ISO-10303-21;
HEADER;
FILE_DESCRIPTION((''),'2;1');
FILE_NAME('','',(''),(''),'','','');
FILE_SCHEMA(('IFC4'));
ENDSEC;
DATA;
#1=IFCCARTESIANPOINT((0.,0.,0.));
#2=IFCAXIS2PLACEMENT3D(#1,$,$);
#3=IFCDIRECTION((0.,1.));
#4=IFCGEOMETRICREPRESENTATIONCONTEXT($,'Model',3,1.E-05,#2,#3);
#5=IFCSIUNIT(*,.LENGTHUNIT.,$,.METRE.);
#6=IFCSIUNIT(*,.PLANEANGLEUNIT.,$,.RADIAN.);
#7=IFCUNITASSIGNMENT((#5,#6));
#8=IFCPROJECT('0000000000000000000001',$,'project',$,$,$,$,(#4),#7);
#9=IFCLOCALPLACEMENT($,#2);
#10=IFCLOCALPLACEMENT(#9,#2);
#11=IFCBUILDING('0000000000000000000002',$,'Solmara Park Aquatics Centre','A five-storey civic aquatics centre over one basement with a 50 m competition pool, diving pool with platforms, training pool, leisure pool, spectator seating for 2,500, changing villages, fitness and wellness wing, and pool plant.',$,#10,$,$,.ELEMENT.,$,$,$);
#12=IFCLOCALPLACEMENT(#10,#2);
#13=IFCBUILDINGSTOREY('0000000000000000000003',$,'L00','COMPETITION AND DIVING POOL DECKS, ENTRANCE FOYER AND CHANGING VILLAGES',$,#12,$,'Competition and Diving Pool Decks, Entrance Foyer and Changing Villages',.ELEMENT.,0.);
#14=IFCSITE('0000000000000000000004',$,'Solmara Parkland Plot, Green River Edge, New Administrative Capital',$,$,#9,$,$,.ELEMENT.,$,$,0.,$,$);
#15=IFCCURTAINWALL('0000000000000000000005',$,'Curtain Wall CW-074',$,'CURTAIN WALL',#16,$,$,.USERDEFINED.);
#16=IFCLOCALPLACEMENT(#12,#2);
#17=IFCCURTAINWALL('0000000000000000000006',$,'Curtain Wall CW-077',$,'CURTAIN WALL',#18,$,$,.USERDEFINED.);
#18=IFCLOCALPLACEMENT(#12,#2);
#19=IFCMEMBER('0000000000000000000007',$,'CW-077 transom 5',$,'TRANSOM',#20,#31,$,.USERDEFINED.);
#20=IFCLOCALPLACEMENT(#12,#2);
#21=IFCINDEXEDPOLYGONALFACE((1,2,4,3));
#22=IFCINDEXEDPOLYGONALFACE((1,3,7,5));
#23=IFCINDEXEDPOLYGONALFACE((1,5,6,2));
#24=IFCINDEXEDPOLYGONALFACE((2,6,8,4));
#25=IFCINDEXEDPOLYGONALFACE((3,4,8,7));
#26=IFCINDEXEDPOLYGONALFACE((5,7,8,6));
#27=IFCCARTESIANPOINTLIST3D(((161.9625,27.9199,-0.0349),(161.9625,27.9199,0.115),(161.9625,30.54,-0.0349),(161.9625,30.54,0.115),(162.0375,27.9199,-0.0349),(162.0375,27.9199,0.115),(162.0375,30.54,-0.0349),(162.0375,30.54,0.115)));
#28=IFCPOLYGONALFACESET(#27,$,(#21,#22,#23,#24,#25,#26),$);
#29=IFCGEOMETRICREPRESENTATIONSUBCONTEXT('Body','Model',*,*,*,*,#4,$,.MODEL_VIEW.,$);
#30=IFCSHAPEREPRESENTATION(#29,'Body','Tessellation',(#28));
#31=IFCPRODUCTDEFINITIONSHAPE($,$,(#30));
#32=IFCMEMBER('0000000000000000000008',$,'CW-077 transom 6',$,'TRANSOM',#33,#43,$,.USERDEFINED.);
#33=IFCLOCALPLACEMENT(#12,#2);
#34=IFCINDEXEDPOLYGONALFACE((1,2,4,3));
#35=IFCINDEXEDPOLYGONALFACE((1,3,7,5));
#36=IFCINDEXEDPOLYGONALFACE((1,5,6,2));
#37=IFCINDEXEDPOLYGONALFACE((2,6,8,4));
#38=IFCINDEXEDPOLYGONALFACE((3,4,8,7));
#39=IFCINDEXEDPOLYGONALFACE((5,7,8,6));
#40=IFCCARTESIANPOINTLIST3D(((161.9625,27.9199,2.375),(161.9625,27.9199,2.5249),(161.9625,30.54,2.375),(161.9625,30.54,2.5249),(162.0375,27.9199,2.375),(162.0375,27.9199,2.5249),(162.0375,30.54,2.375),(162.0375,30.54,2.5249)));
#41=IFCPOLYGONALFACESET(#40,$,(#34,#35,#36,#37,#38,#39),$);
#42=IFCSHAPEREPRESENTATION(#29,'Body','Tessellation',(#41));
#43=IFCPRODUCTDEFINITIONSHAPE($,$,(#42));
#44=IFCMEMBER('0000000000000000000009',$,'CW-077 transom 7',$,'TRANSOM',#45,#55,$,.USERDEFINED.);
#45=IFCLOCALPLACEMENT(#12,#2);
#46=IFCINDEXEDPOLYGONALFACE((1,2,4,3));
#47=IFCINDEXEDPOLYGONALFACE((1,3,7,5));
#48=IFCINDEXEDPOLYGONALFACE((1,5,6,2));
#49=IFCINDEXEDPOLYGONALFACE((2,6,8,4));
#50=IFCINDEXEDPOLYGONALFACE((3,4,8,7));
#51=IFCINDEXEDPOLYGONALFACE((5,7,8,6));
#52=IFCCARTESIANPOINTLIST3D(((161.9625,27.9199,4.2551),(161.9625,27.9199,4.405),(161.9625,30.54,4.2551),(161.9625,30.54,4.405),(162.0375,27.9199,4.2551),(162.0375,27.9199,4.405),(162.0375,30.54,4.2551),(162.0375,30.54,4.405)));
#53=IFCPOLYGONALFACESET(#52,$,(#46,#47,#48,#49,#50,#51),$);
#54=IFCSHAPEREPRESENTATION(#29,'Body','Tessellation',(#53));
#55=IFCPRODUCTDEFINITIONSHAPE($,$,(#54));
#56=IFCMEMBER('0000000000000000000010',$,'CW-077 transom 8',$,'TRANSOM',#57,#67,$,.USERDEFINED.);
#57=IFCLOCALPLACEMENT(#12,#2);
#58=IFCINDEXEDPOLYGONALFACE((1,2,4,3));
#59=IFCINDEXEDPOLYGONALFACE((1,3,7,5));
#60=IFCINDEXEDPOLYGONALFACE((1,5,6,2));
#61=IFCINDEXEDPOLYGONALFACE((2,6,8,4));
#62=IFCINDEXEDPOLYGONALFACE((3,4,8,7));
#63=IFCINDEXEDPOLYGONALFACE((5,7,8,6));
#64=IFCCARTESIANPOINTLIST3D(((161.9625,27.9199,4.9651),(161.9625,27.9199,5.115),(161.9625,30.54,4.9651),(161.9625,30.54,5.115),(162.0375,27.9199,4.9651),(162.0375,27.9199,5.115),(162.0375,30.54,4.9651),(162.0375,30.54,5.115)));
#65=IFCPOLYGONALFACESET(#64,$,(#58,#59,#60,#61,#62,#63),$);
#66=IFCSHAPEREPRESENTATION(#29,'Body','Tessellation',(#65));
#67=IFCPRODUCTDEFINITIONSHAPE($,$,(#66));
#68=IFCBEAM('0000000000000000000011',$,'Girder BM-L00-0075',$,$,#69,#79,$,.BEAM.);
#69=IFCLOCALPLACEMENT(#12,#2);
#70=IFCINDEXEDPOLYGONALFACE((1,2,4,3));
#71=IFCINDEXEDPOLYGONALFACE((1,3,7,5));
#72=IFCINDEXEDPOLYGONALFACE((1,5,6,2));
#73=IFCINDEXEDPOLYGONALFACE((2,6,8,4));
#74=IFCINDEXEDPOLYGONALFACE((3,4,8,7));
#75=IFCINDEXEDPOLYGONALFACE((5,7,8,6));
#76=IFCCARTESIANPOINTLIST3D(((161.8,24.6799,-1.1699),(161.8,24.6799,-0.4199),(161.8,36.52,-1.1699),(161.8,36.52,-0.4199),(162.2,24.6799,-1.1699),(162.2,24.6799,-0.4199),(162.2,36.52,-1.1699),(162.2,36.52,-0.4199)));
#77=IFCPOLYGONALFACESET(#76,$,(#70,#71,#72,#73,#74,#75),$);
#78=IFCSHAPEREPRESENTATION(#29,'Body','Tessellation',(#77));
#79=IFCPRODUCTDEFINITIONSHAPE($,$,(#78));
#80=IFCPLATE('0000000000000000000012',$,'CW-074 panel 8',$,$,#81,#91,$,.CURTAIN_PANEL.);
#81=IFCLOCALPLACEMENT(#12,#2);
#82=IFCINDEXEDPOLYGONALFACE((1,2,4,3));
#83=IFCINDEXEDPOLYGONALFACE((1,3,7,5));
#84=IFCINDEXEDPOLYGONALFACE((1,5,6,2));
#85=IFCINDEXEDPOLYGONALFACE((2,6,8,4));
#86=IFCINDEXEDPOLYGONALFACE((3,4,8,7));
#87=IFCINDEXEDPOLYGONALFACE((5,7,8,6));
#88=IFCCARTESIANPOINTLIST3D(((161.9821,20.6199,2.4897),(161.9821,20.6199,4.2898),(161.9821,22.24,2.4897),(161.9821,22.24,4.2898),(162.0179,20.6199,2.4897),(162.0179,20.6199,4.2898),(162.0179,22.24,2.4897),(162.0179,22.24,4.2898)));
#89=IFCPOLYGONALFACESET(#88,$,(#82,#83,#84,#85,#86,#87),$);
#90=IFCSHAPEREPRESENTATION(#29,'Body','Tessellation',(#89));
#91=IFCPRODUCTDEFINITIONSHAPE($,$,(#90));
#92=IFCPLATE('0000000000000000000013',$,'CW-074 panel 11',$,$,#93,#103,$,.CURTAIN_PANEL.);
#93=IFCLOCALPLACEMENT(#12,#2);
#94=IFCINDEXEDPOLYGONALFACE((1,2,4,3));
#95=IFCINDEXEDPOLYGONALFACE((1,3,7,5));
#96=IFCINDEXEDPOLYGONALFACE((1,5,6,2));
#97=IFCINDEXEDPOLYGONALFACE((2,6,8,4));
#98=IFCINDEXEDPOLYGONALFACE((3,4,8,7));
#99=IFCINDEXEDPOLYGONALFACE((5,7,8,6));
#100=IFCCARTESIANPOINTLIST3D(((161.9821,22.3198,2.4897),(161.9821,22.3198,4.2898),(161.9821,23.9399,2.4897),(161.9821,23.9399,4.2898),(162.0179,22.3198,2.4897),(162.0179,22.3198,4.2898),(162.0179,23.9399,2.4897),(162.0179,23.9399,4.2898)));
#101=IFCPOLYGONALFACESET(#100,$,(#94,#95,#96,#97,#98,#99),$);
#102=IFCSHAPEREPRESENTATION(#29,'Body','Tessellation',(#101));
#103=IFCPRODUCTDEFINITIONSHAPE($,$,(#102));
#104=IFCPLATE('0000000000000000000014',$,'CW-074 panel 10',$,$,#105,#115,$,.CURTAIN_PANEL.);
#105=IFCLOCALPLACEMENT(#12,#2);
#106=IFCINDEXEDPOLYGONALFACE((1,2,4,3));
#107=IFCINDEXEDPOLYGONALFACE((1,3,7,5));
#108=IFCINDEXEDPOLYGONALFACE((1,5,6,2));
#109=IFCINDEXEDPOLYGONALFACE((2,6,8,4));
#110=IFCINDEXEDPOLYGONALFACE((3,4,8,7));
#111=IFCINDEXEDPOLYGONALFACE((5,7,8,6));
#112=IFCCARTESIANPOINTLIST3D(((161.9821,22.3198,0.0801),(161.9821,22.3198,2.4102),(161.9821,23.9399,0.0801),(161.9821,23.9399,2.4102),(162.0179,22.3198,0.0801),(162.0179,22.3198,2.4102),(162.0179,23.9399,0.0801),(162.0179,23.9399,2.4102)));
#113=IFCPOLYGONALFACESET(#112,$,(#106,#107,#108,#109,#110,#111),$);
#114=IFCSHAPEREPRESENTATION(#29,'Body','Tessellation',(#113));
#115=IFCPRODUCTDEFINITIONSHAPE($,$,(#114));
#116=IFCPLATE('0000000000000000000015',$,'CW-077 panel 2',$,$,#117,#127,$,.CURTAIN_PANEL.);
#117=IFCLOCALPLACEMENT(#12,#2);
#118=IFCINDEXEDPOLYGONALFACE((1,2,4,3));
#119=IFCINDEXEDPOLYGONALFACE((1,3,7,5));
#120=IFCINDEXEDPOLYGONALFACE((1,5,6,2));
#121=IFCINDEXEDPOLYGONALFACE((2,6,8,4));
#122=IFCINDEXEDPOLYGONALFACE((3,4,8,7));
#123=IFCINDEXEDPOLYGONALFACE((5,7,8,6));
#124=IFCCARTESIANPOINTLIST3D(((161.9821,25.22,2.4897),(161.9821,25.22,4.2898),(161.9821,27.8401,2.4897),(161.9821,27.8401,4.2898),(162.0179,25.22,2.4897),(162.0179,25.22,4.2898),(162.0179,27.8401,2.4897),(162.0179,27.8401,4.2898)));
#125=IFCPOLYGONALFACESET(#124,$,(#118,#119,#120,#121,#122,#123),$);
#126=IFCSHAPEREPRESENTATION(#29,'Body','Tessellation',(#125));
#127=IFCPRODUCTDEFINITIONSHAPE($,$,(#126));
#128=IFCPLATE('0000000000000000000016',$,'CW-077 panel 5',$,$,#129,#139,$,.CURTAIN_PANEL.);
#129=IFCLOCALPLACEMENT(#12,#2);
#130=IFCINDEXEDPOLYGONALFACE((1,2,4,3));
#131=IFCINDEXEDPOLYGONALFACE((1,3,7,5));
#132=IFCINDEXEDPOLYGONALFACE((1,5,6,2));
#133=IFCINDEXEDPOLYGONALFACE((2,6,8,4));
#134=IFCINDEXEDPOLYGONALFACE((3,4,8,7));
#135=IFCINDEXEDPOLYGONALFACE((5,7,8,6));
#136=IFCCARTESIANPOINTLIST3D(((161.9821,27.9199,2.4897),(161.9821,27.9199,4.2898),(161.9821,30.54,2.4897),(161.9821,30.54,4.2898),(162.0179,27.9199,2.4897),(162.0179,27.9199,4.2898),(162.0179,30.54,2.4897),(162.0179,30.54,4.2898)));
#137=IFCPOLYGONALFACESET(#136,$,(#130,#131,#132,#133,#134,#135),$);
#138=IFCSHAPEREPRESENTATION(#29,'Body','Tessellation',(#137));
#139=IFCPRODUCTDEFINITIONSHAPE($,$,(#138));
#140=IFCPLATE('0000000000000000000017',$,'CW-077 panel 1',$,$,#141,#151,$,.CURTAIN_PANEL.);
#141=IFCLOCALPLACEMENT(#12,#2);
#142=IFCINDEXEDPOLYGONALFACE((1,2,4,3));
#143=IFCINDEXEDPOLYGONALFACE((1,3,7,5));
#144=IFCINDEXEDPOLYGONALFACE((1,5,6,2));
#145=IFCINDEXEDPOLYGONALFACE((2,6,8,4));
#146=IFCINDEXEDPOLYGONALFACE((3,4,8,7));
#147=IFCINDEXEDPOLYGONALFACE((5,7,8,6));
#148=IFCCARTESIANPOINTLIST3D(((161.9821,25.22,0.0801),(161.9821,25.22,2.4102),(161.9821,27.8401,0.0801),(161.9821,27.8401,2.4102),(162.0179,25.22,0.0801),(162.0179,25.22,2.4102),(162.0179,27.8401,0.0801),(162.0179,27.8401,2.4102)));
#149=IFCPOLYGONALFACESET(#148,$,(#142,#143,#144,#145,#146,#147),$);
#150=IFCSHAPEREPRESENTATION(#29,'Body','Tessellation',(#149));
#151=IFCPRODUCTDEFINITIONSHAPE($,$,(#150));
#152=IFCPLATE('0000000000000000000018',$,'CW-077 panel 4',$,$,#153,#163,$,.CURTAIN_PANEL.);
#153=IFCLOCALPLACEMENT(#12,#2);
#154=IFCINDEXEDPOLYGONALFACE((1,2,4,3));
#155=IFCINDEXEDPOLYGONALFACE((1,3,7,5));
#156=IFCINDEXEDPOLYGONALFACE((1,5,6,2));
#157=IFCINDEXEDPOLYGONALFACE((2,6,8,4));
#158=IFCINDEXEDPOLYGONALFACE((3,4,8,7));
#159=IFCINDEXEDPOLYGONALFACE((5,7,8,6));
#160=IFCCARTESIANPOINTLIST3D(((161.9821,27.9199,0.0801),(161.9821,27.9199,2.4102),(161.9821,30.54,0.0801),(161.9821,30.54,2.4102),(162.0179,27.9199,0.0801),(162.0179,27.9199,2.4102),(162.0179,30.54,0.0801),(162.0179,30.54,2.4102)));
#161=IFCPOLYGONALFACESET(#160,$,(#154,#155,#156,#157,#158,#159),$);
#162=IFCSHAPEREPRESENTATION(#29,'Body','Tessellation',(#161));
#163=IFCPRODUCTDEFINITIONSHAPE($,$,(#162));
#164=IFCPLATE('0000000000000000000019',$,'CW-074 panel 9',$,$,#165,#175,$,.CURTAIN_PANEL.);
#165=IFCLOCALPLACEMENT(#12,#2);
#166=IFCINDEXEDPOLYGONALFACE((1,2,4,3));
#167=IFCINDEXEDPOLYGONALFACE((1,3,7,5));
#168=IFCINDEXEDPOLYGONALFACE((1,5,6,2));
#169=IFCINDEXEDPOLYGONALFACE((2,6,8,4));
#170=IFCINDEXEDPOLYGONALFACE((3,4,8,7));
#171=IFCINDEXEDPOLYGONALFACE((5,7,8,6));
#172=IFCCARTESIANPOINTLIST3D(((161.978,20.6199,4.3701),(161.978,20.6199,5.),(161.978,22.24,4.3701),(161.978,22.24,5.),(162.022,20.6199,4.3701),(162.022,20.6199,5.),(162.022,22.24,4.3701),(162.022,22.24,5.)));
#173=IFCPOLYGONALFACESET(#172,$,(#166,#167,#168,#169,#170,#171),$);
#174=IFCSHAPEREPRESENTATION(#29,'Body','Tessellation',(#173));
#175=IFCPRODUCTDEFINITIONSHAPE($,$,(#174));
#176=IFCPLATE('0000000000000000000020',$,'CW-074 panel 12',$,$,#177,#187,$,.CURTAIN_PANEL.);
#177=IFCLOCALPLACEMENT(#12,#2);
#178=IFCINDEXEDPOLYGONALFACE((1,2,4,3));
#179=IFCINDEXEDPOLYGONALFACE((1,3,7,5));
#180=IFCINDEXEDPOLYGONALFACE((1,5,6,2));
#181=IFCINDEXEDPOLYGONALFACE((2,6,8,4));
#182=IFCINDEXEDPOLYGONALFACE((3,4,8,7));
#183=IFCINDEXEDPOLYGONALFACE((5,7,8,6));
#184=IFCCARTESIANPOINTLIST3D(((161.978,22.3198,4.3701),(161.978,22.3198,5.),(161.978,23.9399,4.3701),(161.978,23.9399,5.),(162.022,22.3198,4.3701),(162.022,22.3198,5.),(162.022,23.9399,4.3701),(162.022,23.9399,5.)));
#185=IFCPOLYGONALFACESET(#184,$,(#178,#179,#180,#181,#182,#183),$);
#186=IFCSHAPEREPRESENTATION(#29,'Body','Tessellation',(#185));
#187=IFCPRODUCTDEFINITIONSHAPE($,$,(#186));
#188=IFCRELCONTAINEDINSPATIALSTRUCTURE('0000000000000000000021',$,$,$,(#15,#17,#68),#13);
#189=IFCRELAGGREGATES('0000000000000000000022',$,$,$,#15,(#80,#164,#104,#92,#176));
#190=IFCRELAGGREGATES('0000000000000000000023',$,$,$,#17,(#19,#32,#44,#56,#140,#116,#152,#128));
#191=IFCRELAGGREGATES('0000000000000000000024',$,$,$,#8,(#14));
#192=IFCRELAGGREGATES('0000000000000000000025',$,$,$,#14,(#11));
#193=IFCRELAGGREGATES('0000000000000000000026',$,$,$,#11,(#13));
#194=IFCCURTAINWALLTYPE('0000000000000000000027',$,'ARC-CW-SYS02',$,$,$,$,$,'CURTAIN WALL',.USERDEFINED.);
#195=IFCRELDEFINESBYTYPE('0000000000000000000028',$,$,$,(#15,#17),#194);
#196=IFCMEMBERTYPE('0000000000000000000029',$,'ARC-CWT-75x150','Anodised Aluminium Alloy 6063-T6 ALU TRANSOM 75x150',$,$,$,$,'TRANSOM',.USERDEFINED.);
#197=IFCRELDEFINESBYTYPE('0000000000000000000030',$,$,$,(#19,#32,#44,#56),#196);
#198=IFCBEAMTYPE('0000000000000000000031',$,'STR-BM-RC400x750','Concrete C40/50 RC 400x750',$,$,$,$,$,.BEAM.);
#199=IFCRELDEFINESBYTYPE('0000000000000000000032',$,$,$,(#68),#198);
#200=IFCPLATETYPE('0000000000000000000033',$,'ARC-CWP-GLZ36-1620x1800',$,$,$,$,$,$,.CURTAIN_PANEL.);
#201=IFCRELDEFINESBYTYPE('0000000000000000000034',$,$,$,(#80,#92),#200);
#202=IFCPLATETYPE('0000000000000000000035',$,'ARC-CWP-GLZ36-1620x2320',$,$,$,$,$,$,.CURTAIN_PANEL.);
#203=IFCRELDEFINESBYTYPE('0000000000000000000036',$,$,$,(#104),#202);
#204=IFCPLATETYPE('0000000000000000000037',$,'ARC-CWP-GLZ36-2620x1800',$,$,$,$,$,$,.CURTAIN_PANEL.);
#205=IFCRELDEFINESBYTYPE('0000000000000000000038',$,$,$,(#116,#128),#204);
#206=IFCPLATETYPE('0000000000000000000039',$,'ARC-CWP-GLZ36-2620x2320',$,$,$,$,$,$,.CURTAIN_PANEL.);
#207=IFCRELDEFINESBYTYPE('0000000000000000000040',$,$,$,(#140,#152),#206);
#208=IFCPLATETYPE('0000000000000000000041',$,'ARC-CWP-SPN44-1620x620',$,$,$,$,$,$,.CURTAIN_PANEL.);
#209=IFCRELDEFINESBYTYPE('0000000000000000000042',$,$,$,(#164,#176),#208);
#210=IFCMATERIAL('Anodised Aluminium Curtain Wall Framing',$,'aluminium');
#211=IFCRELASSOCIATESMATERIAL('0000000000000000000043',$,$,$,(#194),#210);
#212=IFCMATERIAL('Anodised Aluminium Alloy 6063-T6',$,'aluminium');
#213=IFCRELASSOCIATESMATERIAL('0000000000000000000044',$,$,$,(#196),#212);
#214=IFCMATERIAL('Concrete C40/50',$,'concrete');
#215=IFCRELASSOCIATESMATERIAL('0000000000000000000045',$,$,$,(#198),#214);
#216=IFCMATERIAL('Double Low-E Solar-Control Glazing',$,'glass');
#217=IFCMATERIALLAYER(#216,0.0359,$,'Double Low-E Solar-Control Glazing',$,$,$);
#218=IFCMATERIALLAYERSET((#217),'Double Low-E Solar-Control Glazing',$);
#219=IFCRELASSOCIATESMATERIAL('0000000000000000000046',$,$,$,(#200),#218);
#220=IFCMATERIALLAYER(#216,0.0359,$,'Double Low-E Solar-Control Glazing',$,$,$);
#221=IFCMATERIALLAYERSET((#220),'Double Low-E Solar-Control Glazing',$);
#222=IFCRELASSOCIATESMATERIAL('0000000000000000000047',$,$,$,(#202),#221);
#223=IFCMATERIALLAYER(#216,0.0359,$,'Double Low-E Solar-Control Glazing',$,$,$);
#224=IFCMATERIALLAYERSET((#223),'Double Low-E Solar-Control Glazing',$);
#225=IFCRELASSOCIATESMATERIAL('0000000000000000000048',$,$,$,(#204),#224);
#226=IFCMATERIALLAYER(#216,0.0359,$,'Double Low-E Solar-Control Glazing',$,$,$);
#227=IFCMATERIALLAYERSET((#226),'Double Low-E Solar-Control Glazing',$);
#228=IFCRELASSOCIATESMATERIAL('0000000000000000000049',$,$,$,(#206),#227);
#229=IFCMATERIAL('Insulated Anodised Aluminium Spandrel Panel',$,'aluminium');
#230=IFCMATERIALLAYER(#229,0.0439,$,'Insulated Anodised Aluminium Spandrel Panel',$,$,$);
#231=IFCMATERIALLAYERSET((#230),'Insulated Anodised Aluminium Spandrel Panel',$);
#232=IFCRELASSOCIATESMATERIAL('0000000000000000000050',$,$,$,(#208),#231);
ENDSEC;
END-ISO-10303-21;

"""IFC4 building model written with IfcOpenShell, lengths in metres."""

from ifc_helpers import new_model, si_unit, direction, frame, origin, origin_2d, place, context, subcontext, project, spatial, rectangle, extrude, material, layer, layer_set, material_profile, profile_set, type_object, element, aggregate, save


model = new_model("IFC4")

# Units and contexts
model_context = context("Model", 3, precision=1e-05, world=origin(), true_north=direction((0.0, 1.0)))
body_context = subcontext(model_context, "Body", "Model", "MODEL_VIEW")
ifc_project = project(units=[si_unit("LENGTHUNIT", "METRE"), si_unit("PLANEANGLEUNIT", "RADIAN")], contexts=[model_context])

# Site, building, storey
site_placement = place(None, origin())
site = spatial("IfcSite", under=ifc_project, at=site_placement, Name="Solmara Parkland Plot, Green River Edge, New Administrative Capital", CompositionType="ELEMENT", RefElevation=0.0)
building_placement = place(site_placement, origin())
building = spatial("IfcBuilding", under=site, at=building_placement, Name="Solmara Park Aquatics Centre", Description="A five-storey civic aquatics centre over one basement with a 50 m competition pool, diving pool with platforms, training pool, leisure pool, spectator seating for 2,500, changing villages, fitness and wellness wing, and pool plant.", CompositionType="ELEMENT")
storey_placement = place(building_placement, origin())
storey = spatial("IfcBuildingStorey", under=building, at=storey_placement, Name="L00", Description="COMPETITION AND DIVING POOL DECKS, ENTRANCE FOYER AND CHANGING VILLAGES", LongName="Competition and Diving Pool Decks, Entrance Foyer and Changing Villages", CompositionType="ELEMENT", Elevation=0.0)

# Shared definitions
ifc_material_1 = material(Name="Concrete C40/50", Category="concrete")

# Curtain walls
ifc_material_2 = material(Name="Anodised Aluminium Curtain Wall Framing", Category="aluminium")
curtain_wall_type = type_object("IfcCurtainWallType", Name="ARC-CW-SYS02", ElementType="CURTAIN WALL", PredefinedType="USERDEFINED", material=ifc_material_2)
curtain_wall_1_placement = place(storey_placement, origin())
curtain_wall_1 = element("IfcCurtainWall", 1, at=curtain_wall_1_placement, inside=storey, type_object=curtain_wall_type, Name="Curtain Wall CW-074", ObjectType="CURTAIN WALL", PredefinedType="USERDEFINED")
ifc_material_3 = material(Name="Anodised Aluminium Alloy 6063-T6", Category="aluminium")
curtain_wall_2_placement = place(storey_placement, origin())
curtain_wall_2 = element("IfcCurtainWall", 2, at=curtain_wall_2_placement, inside=storey, type_object=curtain_wall_type, Name="Curtain Wall CW-077", ObjectType="CURTAIN WALL", PredefinedType="USERDEFINED")

# Members
ifc_material_profile_1 = material_profile(ifc_material_3, rectangle(XDim=0.075, YDim=0.1499, at=origin_2d()), Name="ALU TRANSOM 75x150")
ifc_profile_set_1 = profile_set([ifc_material_profile_1], Name="Anodised Aluminium Alloy 6063-T6")
member_type_1 = type_object("IfcMemberType", Name="ARC-CWT-75x150", Description="Anodised Aluminium Alloy 6063-T6 ALU TRANSOM 75x150", ElementType="TRANSOM", PredefinedType="USERDEFINED", material=ifc_profile_set_1)
member_1_placement = place(storey_placement, frame((162.0, 27.9199, 0.04), z_axis=(0.0, 1.0, 0.0), x_axis=(-1.0, 0.0, 0.0)))
member_1 = element("IfcMember", 3, at=member_1_placement, type_object=member_type_1, Name="CW-077 transom 5", ObjectType="TRANSOM", PredefinedType="USERDEFINED", context=body_context, shape_type="SweptSolid", body=[
    extrude(rectangle(XDim=0.075, YDim=0.1499, at=origin_2d()), origin(), (0.0, 0.0, 1.0), 2.6201),
])
member_2_placement = place(storey_placement, frame((162.0, 27.9199, 2.45), z_axis=(0.0, 1.0, 0.0), x_axis=(-1.0, 0.0, 0.0)))
member_2 = element("IfcMember", 4, at=member_2_placement, type_object=member_type_1, Name="CW-077 transom 6", ObjectType="TRANSOM", PredefinedType="USERDEFINED", context=body_context, shape_type="SweptSolid", body=[
    extrude(rectangle(XDim=0.075, YDim=0.1499, at=origin_2d()), origin(), (0.0, 0.0, 1.0), 2.6201),
])
member_3_placement = place(storey_placement, frame((162.0, 27.9199, 4.3301), z_axis=(0.0, 1.0, 0.0), x_axis=(-1.0, 0.0, 0.0)))
member_3 = element("IfcMember", 5, at=member_3_placement, type_object=member_type_1, Name="CW-077 transom 7", ObjectType="TRANSOM", PredefinedType="USERDEFINED", context=body_context, shape_type="SweptSolid", body=[
    extrude(rectangle(XDim=0.075, YDim=0.1499, at=origin_2d()), origin(), (0.0, 0.0, 1.0), 2.6201),
])
member_4_placement = place(storey_placement, frame((162.0, 27.9199, 5.04), z_axis=(0.0, 1.0, 0.0), x_axis=(-1.0, 0.0, 0.0)))
member_4 = element("IfcMember", 6, at=member_4_placement, type_object=member_type_1, Name="CW-077 transom 8", ObjectType="TRANSOM", PredefinedType="USERDEFINED", context=body_context, shape_type="SweptSolid", body=[
    extrude(rectangle(XDim=0.075, YDim=0.1499, at=origin_2d()), origin(), (0.0, 0.0, 1.0), 2.6201),
])

# Beam
ifc_material_profile_2 = material_profile(ifc_material_1, rectangle(XDim=0.3999, YDim=0.75, at=origin_2d()), Name="RC 400x750")
ifc_profile_set_2 = profile_set([ifc_material_profile_2], Name="Concrete C40/50")
beam_type = type_object("IfcBeamType", Name="STR-BM-RC400x750", Description="Concrete C40/50 RC 400x750", PredefinedType="BEAM", material=ifc_profile_set_2)
beam_placement = place(storey_placement, frame((162.0, 24.6799, -0.7949), z_axis=(0.0, 1.0, 0.0), x_axis=(-1.0, 0.0, 0.0)))
element("IfcBeam", 7, at=beam_placement, inside=storey, type_object=beam_type, Name="Girder BM-L00-0075", PredefinedType="BEAM", context=body_context, shape_type="SweptSolid", body=[
    extrude(rectangle(XDim=0.3999, YDim=0.75, at=origin_2d()), origin(), (0.0, 0.0, 1.0), 11.8401),
])

# Plates
ifc_material_4 = material(Name="Double Low-E Solar-Control Glazing", Category="glass")
ifc_layer_1 = layer(ifc_material_4, 0.0359, Name="Double Low-E Solar-Control Glazing")
ifc_layer_set_1 = layer_set([ifc_layer_1], Name="Double Low-E Solar-Control Glazing")
plate_type_1 = type_object("IfcPlateType", Name="ARC-CWP-GLZ36-1620x1800", PredefinedType="CURTAIN_PANEL", material=ifc_layer_set_1)
plate_1_placement = place(storey_placement, frame((162.0, 21.4299, 2.4897), z_axis=(0.0, 0.0, 1.0), x_axis=(0.0, 1.0, 0.0)))
plate_1 = element("IfcPlate", 8, at=plate_1_placement, type_object=plate_type_1, Name="CW-074 panel 8", PredefinedType="CURTAIN_PANEL", context=body_context, shape_type="SweptSolid", body=[
    extrude(rectangle(XDim=1.6201, YDim=0.0359, at=origin_2d()), origin(), (0.0, 0.0, 1.0), 1.8),
])
plate_2_placement = place(storey_placement, frame((162.0, 23.1299, 2.4897), z_axis=(0.0, 0.0, 1.0), x_axis=(0.0, 1.0, 0.0)))
plate_2 = element("IfcPlate", 9, at=plate_2_placement, type_object=plate_type_1, Name="CW-074 panel 11", PredefinedType="CURTAIN_PANEL", context=body_context, shape_type="SweptSolid", body=[
    extrude(rectangle(XDim=1.6201, YDim=0.0359, at=origin_2d()), origin(), (0.0, 0.0, 1.0), 1.8),
])
ifc_layer_2 = layer(ifc_material_4, 0.0359, Name="Double Low-E Solar-Control Glazing")
ifc_layer_set_2 = layer_set([ifc_layer_2], Name="Double Low-E Solar-Control Glazing")
plate_type_2 = type_object("IfcPlateType", Name="ARC-CWP-GLZ36-1620x2320", PredefinedType="CURTAIN_PANEL", material=ifc_layer_set_2)
plate_3_placement = place(storey_placement, frame((162.0, 23.1299, 0.0801), z_axis=(0.0, 0.0, 1.0), x_axis=(0.0, 1.0, 0.0)))
plate_3 = element("IfcPlate", 10, at=plate_3_placement, type_object=plate_type_2, Name="CW-074 panel 10", PredefinedType="CURTAIN_PANEL", context=body_context, shape_type="SweptSolid", body=[
    extrude(rectangle(XDim=1.6201, YDim=0.0359, at=origin_2d()), origin(), (0.0, 0.0, 1.0), 2.3301),
])
ifc_layer_3 = layer(ifc_material_4, 0.0359, Name="Double Low-E Solar-Control Glazing")
ifc_layer_set_3 = layer_set([ifc_layer_3], Name="Double Low-E Solar-Control Glazing")
plate_type_3 = type_object("IfcPlateType", Name="ARC-CWP-GLZ36-2620x1800", PredefinedType="CURTAIN_PANEL", material=ifc_layer_set_3)
plate_4_placement = place(storey_placement, frame((162.0, 26.53, 2.4897), z_axis=(0.0, 0.0, 1.0), x_axis=(0.0, 1.0, 0.0)))
plate_4 = element("IfcPlate", 11, at=plate_4_placement, type_object=plate_type_3, Name="CW-077 panel 2", PredefinedType="CURTAIN_PANEL", context=body_context, shape_type="SweptSolid", body=[
    extrude(rectangle(XDim=2.6201, YDim=0.0359, at=origin_2d()), origin(), (0.0, 0.0, 1.0), 1.8),
])
plate_5_placement = place(storey_placement, frame((162.0, 29.23, 2.4897), z_axis=(0.0, 0.0, 1.0), x_axis=(0.0, 1.0, 0.0)))
plate_5 = element("IfcPlate", 12, at=plate_5_placement, type_object=plate_type_3, Name="CW-077 panel 5", PredefinedType="CURTAIN_PANEL", context=body_context, shape_type="SweptSolid", body=[
    extrude(rectangle(XDim=2.6201, YDim=0.0359, at=origin_2d()), origin(), (0.0, 0.0, 1.0), 1.8),
])
ifc_layer_4 = layer(ifc_material_4, 0.0359, Name="Double Low-E Solar-Control Glazing")
ifc_layer_set_4 = layer_set([ifc_layer_4], Name="Double Low-E Solar-Control Glazing")
plate_type_4 = type_object("IfcPlateType", Name="ARC-CWP-GLZ36-2620x2320", PredefinedType="CURTAIN_PANEL", material=ifc_layer_set_4)
plate_6_placement = place(storey_placement, frame((162.0, 26.53, 0.0801), z_axis=(0.0, 0.0, 1.0), x_axis=(0.0, 1.0, 0.0)))
plate_6 = element("IfcPlate", 13, at=plate_6_placement, type_object=plate_type_4, Name="CW-077 panel 1", PredefinedType="CURTAIN_PANEL", context=body_context, shape_type="SweptSolid", body=[
    extrude(rectangle(XDim=2.6201, YDim=0.0359, at=origin_2d()), origin(), (0.0, 0.0, 1.0), 2.3301),
])
plate_7_placement = place(storey_placement, frame((162.0, 29.23, 0.0801), z_axis=(0.0, 0.0, 1.0), x_axis=(0.0, 1.0, 0.0)))
plate_7 = element("IfcPlate", 14, at=plate_7_placement, type_object=plate_type_4, Name="CW-077 panel 4", PredefinedType="CURTAIN_PANEL", context=body_context, shape_type="SweptSolid", body=[
    extrude(rectangle(XDim=2.6201, YDim=0.0359, at=origin_2d()), origin(), (0.0, 0.0, 1.0), 2.3301),
])
ifc_material_5 = material(Name="Insulated Anodised Aluminium Spandrel Panel", Category="aluminium")
ifc_layer_5 = layer(ifc_material_5, 0.0439, Name="Insulated Anodised Aluminium Spandrel Panel")
ifc_layer_set_5 = layer_set([ifc_layer_5], Name="Insulated Anodised Aluminium Spandrel Panel")
plate_type_5 = type_object("IfcPlateType", Name="ARC-CWP-SPN44-1620x620", PredefinedType="CURTAIN_PANEL", material=ifc_layer_set_5)
plate_8_placement = place(storey_placement, frame((162.0, 21.4299, 4.3701), z_axis=(0.0, 0.0, 1.0), x_axis=(0.0, 1.0, 0.0)))
plate_8 = element("IfcPlate", 15, at=plate_8_placement, type_object=plate_type_5, Name="CW-074 panel 9", PredefinedType="CURTAIN_PANEL", context=body_context, shape_type="SweptSolid", body=[
    extrude(rectangle(XDim=1.6201, YDim=0.0439, at=origin_2d()), origin(), (0.0, 0.0, 1.0), 0.6299),
])
plate_9_placement = place(storey_placement, frame((162.0, 23.1299, 4.3701), z_axis=(0.0, 0.0, 1.0), x_axis=(0.0, 1.0, 0.0)))
plate_9 = element("IfcPlate", 16, at=plate_9_placement, type_object=plate_type_5, Name="CW-074 panel 12", PredefinedType="CURTAIN_PANEL", context=body_context, shape_type="SweptSolid", body=[
    extrude(rectangle(XDim=1.6201, YDim=0.0439, at=origin_2d()), origin(), (0.0, 0.0, 1.0), 0.6299),
])
aggregate(curtain_wall_1, [plate_1, plate_8, plate_3, plate_2, plate_9])
aggregate(curtain_wall_2, [member_1, member_2, member_3, member_4, plate_6, plate_4, plate_7, plate_5])

save(model, "model.ifc")
